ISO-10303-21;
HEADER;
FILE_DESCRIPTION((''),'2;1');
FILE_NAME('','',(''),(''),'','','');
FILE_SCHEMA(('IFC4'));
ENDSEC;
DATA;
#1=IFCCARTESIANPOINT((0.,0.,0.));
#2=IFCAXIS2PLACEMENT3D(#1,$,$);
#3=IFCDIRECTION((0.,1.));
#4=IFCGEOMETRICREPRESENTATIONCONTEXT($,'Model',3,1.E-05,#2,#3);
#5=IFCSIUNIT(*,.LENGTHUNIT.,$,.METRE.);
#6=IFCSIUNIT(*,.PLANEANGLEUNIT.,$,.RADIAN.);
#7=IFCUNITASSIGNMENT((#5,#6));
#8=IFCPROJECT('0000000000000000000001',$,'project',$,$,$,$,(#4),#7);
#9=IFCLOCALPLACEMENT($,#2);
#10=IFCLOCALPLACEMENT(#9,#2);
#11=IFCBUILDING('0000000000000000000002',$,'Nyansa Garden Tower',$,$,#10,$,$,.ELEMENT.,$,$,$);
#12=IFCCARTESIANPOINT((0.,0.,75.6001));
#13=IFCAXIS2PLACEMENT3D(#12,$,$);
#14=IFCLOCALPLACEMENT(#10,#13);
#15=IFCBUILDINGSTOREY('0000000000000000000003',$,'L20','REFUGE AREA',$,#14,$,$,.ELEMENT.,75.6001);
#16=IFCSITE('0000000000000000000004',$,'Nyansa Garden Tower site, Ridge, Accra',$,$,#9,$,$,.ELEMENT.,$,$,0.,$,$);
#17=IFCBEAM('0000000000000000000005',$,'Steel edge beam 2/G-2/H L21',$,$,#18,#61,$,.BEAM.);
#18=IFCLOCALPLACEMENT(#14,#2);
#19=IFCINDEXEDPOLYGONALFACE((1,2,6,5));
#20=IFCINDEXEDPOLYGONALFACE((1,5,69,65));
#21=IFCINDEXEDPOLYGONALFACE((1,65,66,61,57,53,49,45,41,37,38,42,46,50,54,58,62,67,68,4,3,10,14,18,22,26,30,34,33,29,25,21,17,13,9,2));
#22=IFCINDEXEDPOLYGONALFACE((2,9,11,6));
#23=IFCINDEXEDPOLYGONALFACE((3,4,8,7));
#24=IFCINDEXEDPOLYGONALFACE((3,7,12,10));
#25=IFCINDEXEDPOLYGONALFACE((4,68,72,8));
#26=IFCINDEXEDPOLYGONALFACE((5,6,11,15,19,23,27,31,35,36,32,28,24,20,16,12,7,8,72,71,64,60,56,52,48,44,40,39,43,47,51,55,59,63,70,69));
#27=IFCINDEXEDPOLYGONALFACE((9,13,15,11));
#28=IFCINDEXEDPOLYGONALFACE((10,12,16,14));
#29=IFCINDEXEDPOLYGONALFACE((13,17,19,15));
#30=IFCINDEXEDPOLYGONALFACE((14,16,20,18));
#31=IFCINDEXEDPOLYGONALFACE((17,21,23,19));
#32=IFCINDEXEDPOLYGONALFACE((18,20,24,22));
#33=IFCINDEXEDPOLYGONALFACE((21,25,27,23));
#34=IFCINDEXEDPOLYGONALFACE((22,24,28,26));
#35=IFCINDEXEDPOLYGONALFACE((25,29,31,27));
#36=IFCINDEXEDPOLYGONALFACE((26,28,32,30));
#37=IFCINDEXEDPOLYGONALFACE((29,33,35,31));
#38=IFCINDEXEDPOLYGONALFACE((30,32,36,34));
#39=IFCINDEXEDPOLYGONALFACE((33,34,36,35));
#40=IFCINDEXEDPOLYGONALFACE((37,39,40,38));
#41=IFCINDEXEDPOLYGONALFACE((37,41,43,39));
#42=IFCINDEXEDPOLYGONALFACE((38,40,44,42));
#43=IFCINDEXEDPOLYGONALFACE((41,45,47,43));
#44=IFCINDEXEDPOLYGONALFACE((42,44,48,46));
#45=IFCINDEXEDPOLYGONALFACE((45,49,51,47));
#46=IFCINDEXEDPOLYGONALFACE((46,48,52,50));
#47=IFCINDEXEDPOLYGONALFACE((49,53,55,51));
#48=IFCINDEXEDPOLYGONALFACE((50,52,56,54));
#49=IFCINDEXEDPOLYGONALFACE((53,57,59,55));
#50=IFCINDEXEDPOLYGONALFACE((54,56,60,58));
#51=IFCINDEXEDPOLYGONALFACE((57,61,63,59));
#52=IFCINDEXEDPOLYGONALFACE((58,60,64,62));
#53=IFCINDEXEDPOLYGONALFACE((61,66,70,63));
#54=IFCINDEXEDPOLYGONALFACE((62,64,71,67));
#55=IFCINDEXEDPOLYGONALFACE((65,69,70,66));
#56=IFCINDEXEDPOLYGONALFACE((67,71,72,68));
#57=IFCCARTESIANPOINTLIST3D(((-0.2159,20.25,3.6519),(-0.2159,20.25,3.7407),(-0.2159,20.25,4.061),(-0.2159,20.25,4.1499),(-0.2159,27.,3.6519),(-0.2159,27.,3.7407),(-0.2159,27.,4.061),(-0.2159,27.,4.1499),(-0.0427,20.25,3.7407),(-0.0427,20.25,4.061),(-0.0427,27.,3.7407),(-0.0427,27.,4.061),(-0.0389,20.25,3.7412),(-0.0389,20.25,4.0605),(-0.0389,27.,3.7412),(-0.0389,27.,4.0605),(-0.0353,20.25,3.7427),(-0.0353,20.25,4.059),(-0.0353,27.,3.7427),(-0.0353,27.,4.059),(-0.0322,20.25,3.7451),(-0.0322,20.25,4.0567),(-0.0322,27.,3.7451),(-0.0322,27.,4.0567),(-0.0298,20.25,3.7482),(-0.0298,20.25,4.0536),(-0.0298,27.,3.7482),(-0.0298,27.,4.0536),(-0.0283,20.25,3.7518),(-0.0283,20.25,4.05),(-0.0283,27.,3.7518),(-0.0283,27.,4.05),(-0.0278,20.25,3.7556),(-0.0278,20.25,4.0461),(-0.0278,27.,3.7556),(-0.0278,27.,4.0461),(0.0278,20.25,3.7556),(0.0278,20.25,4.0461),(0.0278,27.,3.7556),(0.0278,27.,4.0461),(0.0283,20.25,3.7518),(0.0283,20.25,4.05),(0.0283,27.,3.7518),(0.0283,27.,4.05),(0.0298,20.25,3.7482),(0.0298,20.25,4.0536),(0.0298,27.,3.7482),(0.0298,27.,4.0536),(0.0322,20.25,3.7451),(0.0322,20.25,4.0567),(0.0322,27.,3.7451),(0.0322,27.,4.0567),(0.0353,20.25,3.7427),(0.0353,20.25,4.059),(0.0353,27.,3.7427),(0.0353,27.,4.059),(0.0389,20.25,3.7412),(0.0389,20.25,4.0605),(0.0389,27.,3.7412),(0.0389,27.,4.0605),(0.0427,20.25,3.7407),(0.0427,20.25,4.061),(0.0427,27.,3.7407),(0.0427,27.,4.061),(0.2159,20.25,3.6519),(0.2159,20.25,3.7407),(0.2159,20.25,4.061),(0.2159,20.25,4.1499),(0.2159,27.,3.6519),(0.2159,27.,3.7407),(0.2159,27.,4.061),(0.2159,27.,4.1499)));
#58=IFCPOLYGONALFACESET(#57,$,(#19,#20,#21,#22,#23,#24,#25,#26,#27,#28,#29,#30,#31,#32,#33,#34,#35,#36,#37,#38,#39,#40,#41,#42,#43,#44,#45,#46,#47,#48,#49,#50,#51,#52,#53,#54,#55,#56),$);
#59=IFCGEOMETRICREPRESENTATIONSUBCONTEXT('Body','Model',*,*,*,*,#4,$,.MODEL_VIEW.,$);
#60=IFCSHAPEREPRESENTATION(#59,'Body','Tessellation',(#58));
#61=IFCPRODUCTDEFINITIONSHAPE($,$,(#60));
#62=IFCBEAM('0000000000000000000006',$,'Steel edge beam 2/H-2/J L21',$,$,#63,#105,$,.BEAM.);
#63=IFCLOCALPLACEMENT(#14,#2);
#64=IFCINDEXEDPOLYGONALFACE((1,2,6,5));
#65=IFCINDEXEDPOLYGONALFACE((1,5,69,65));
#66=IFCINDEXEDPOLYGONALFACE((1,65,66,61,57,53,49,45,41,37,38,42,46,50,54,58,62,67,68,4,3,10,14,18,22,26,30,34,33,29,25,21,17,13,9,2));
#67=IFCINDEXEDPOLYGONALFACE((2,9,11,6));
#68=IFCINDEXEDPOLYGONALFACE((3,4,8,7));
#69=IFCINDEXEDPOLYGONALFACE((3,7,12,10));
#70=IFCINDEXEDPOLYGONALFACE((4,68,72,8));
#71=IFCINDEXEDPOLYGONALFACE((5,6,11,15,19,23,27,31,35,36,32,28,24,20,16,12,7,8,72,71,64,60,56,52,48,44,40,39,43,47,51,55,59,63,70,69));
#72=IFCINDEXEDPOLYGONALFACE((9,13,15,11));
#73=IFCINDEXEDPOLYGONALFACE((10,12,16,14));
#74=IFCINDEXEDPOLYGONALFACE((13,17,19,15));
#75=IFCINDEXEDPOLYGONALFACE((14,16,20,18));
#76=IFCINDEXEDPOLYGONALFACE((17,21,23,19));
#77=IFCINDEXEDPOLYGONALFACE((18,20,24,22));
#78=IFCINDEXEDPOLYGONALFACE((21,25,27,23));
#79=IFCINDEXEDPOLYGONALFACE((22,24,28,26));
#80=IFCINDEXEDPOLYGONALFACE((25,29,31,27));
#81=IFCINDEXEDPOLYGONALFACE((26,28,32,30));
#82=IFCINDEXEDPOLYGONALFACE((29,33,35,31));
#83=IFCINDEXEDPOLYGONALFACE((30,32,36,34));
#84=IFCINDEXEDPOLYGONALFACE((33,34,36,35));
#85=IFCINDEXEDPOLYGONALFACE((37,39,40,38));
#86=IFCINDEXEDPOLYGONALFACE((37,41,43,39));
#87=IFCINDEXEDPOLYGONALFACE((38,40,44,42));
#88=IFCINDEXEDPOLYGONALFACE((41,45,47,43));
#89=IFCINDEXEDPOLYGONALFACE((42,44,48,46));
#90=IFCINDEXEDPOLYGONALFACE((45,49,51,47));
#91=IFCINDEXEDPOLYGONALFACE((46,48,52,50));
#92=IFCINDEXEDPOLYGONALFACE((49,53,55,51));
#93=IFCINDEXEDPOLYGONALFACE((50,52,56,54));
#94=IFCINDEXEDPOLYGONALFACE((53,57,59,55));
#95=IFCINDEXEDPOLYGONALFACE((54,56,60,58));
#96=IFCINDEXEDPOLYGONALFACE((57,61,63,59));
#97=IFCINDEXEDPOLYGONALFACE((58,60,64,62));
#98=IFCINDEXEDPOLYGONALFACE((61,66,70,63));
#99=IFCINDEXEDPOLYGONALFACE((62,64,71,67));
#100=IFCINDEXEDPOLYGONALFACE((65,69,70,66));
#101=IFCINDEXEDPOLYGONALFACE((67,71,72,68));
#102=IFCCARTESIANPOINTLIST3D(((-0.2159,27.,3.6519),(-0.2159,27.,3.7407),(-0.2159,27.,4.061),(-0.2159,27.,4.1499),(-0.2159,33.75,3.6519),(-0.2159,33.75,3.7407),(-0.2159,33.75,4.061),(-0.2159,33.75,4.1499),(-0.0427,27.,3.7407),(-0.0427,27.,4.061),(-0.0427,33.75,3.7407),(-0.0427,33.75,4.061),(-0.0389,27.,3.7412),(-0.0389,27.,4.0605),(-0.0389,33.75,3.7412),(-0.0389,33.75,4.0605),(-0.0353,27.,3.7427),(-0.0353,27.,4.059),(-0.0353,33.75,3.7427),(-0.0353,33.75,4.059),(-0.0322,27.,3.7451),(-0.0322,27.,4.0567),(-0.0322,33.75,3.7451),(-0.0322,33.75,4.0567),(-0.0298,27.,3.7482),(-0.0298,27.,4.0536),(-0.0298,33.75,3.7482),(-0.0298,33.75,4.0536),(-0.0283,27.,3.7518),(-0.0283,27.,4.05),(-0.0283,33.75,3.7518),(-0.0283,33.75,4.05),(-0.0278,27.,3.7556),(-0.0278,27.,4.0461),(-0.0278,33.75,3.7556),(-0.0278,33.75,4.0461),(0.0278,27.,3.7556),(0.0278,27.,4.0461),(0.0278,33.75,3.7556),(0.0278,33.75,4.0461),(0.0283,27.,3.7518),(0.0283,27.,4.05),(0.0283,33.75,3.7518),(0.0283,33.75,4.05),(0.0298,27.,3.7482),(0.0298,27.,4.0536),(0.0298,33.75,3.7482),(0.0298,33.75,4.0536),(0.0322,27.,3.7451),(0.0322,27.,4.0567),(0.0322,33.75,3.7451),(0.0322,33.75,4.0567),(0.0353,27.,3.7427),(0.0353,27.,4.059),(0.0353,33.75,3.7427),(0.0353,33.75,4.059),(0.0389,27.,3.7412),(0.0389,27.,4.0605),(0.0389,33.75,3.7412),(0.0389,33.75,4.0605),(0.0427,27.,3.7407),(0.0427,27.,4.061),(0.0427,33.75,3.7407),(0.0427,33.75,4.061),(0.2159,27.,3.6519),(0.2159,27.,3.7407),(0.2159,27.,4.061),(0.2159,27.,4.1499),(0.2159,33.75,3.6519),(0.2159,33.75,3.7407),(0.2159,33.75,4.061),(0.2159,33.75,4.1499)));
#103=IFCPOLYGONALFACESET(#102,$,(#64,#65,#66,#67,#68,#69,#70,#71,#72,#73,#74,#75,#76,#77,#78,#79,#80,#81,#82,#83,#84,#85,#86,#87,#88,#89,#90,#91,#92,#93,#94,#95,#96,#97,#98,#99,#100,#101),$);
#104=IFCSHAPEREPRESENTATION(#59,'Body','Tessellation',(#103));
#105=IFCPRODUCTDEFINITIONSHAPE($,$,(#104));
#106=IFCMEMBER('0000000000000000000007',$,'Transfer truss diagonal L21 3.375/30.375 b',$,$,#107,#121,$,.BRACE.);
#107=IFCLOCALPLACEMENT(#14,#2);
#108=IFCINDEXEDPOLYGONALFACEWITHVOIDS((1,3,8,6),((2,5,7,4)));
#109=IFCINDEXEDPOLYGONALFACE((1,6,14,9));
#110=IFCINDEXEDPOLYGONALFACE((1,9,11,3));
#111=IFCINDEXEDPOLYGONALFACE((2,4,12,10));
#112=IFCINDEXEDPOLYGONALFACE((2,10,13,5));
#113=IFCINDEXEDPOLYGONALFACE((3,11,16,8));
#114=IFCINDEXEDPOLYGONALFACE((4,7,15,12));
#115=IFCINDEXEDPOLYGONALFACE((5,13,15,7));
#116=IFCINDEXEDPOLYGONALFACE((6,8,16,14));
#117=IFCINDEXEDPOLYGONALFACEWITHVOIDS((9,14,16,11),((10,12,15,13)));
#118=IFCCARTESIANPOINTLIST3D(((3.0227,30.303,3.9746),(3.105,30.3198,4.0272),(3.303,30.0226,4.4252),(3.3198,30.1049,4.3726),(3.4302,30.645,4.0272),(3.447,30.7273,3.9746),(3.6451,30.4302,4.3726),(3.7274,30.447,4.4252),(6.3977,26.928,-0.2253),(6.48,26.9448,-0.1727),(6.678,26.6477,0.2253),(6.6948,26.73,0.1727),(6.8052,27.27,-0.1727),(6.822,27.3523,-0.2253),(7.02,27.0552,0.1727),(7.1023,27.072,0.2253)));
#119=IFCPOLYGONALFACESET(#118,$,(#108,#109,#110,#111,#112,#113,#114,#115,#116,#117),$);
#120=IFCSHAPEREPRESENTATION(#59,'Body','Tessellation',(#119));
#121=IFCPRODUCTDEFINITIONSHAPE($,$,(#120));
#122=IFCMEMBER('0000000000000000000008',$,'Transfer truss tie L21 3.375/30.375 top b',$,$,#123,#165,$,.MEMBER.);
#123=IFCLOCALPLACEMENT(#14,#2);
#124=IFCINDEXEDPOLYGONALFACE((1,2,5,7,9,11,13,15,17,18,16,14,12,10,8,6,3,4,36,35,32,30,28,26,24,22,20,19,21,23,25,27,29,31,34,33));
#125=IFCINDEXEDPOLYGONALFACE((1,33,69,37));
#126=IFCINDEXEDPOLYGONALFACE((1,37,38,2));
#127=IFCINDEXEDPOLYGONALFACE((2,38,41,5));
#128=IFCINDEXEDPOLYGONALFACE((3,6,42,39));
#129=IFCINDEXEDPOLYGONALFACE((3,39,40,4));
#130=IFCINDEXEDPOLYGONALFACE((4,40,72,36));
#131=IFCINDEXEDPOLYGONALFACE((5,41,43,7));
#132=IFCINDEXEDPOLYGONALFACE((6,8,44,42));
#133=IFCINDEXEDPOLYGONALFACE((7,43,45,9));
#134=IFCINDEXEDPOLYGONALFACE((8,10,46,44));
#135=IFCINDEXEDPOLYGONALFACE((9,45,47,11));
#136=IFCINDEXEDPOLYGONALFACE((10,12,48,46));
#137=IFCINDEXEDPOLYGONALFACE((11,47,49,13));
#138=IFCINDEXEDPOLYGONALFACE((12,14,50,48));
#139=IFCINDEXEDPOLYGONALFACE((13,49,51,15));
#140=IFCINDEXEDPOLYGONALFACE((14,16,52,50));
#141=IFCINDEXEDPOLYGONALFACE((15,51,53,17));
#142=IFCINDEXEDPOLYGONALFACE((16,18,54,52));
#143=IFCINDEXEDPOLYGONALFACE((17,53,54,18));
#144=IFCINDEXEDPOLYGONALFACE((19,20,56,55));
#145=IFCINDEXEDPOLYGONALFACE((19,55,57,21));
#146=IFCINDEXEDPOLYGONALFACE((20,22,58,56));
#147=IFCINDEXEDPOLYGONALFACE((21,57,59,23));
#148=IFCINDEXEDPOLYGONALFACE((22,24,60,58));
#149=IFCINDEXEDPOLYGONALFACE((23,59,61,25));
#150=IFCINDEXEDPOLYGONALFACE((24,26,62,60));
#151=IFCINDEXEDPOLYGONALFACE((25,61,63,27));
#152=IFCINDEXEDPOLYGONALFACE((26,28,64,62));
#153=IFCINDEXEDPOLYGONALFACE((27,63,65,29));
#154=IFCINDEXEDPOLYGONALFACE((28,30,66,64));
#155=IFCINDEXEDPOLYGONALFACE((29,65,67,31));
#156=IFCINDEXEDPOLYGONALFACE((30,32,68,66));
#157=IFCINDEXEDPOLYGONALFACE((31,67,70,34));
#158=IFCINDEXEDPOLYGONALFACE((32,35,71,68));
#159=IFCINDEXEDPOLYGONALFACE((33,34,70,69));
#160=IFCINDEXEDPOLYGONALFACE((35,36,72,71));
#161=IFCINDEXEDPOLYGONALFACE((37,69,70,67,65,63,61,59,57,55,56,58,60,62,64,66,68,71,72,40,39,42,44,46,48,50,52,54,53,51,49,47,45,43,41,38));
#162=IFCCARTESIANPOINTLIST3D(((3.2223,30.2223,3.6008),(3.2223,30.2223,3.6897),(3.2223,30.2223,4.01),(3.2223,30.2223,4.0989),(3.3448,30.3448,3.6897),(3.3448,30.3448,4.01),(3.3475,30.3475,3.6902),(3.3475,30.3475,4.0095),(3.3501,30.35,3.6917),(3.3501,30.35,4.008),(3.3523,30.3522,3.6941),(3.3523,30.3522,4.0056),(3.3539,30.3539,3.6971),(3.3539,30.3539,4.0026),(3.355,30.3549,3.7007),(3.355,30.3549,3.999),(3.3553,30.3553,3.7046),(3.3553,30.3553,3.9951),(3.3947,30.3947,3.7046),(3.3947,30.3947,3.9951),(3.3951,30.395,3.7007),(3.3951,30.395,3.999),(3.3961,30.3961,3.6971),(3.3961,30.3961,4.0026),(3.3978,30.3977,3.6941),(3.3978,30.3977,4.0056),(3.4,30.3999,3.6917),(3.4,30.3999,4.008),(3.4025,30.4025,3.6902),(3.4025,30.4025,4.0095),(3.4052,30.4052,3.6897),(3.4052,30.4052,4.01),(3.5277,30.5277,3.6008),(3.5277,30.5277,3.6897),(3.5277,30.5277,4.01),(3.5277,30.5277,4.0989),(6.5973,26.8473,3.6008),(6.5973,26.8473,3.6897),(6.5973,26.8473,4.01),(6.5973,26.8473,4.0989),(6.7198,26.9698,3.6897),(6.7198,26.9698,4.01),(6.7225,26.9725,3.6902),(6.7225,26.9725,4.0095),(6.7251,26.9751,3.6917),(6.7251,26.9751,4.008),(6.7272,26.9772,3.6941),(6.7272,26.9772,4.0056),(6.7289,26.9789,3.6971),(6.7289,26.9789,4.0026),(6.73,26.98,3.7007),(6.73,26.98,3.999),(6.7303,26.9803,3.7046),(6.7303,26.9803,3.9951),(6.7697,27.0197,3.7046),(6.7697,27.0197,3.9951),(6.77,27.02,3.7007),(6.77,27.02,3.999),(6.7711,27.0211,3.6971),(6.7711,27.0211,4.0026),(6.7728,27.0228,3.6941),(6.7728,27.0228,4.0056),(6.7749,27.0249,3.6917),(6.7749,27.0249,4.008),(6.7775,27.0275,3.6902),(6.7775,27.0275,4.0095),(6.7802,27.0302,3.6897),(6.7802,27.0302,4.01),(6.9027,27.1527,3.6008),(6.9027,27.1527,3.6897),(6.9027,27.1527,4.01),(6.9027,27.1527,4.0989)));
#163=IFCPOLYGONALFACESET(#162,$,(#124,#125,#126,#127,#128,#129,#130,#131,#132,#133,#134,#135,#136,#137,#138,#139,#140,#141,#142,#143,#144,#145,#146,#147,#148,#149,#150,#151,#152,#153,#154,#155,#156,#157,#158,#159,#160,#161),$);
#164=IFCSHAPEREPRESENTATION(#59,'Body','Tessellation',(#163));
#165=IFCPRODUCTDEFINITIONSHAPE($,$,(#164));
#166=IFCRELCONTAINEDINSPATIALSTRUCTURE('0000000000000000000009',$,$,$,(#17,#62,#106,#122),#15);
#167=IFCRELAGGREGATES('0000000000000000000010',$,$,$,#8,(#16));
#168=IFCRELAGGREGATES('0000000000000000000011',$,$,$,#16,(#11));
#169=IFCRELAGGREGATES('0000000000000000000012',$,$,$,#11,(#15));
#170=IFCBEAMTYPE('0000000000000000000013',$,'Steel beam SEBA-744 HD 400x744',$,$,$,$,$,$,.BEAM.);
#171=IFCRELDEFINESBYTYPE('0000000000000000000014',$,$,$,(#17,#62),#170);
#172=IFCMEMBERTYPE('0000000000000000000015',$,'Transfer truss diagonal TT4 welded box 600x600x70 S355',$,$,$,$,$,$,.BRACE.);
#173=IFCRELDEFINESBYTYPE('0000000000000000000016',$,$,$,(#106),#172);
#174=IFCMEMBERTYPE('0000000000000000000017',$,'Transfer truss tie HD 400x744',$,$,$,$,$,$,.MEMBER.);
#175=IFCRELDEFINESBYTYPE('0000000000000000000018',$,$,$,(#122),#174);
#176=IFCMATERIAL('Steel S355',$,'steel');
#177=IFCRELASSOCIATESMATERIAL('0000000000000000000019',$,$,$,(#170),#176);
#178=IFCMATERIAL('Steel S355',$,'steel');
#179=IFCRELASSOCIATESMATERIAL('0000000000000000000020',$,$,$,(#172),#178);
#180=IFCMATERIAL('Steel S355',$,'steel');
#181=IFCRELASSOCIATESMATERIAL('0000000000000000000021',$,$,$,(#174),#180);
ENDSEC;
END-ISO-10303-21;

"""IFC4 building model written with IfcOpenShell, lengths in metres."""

from ifc_helpers import new_model, si_unit, direction, frame, origin, origin_2d, place, context, subcontext, project, spatial, hollow_rectangle, i_section, extrude, material, material_profile, profile_set, type_object, element, save


model = new_model("IFC4")

# Units and contexts
model_context = context("Model", 3, precision=1e-05, world=origin(), true_north=direction((0.0, 1.0)))
body_context = subcontext(model_context, "Body", "Model", "MODEL_VIEW")
ifc_project = project(units=[si_unit("LENGTHUNIT", "METRE"), si_unit("PLANEANGLEUNIT", "RADIAN")], contexts=[model_context])

# Site, building, storey
site_placement = place(None, origin())
site = spatial("IfcSite", under=ifc_project, at=site_placement, Name="Nyansa Garden Tower site, Ridge, Accra", CompositionType="ELEMENT", RefElevation=0.0)
building_placement = place(site_placement, origin())
building = spatial("IfcBuilding", under=site, at=building_placement, Name="Nyansa Garden Tower", CompositionType="ELEMENT")
storey_placement = place(building_placement, frame((0.0, 0.0, 75.6001)))
storey = spatial("IfcBuildingStorey", under=building, at=storey_placement, Name="L20", Description="REFUGE AREA", CompositionType="ELEMENT", Elevation=75.6001)

# Beams
ifc_material_1 = material(Name="Steel S355", Category="steel")
ifc_material_profile_1 = material_profile(ifc_material_1, i_section(OverallWidth=0.4319, OverallDepth=0.498, WebThickness=0.0557, FlangeThickness=0.0889, FilletRadius=0.0149, at=origin_2d()), Name="HD 400x744")
ifc_profile_set_1 = profile_set([ifc_material_profile_1], Name="Steel S355")
beam_type_1 = type_object("IfcBeamType", Name="Steel beam SEBA-744 HD 400x744", PredefinedType="BEAM", material=ifc_profile_set_1)
for number, where, z_axis, x_axis, name in (
    (1, (0.0, 20.25, 3.9009), (0.0, 1.0, 0.0), (-1.0, 0.0, 0.0), "Steel edge beam 2/G-2/H L21"),
    (2, (0.0, 27.0, 3.9009), (0.0, 1.0, 0.0), (-1.0, 0.0, 0.0), "Steel edge beam 2/H-2/J L21"),
):
    element("IfcBeam", number, at=place(storey_placement, frame(where, z_axis=z_axis, x_axis=x_axis)), inside=storey, type_object=beam_type_1, Name=name, PredefinedType="BEAM", context=body_context, shape_type="SweptSolid", body=[
        extrude(i_section(OverallWidth=0.4319, OverallDepth=0.498, WebThickness=0.0557, FlangeThickness=0.0889, FilletRadius=0.0149, at=origin_2d()), origin(), (0.0, 0.0, 1.0), 6.75),
    ])

# Members
ifc_material_2 = material(Name="Steel S355", Category="steel")
ifc_material_profile_2 = material_profile(ifc_material_2, hollow_rectangle(XDim=0.6001, YDim=0.6001, WallThickness=0.0701, at=origin_2d()), Name="Welded box 600x600x70")
ifc_profile_set_2 = profile_set([ifc_material_profile_2], Name="Steel S355")
member_type_1 = type_object("IfcMemberType", Name="Transfer truss diagonal TT4 welded box 600x600x70 S355", PredefinedType="BRACE", material=ifc_profile_set_2)
member_1_placement = place(storey_placement, frame((6.75, 27.0, 0.0), z_axis=(-0.530849, 0.530849, 0.660605), x_axis=(-0.707107, -0.707107, 0.0)))
element("IfcMember", 3, at=member_1_placement, inside=storey, type_object=member_type_1, Name="Transfer truss diagonal L21 3.375/30.375 b", PredefinedType="BRACE", context=body_context, shape_type="SweptSolid", body=[
    extrude(hollow_rectangle(XDim=0.6001, YDim=0.6001, WallThickness=0.0701, at=origin_2d()), origin(), (0.0, 0.0, 1.0), 6.3577),
])
ifc_material_3 = material(Name="Steel S355", Category="steel")
ifc_material_profile_3 = material_profile(ifc_material_3, i_section(OverallWidth=0.4319, OverallDepth=0.498, WebThickness=0.0557, FlangeThickness=0.0889, FilletRadius=0.0149, at=origin_2d()), Name="HD 400x744")
ifc_profile_set_3 = profile_set([ifc_material_profile_3], Name="Steel S355")
member_type_2 = type_object("IfcMemberType", Name="Transfer truss tie HD 400x744", PredefinedType="MEMBER", material=ifc_profile_set_3)
member_2_placement = place(storey_placement, frame((6.75, 27.0, 3.8499), z_axis=(-0.707107, 0.707107, 0.0), x_axis=(-0.707107, -0.707107, 0.0)))
element("IfcMember", 4, at=member_2_placement, inside=storey, type_object=member_type_2, Name="Transfer truss tie L21 3.375/30.375 top b", PredefinedType="MEMBER", context=body_context, shape_type="SweptSolid", body=[
    extrude(i_section(OverallWidth=0.4319, OverallDepth=0.498, WebThickness=0.0557, FlangeThickness=0.0889, FilletRadius=0.0149, at=origin_2d()), origin(), (0.0, 0.0, 1.0), 4.7729),
])

save(model, "model.ifc")
